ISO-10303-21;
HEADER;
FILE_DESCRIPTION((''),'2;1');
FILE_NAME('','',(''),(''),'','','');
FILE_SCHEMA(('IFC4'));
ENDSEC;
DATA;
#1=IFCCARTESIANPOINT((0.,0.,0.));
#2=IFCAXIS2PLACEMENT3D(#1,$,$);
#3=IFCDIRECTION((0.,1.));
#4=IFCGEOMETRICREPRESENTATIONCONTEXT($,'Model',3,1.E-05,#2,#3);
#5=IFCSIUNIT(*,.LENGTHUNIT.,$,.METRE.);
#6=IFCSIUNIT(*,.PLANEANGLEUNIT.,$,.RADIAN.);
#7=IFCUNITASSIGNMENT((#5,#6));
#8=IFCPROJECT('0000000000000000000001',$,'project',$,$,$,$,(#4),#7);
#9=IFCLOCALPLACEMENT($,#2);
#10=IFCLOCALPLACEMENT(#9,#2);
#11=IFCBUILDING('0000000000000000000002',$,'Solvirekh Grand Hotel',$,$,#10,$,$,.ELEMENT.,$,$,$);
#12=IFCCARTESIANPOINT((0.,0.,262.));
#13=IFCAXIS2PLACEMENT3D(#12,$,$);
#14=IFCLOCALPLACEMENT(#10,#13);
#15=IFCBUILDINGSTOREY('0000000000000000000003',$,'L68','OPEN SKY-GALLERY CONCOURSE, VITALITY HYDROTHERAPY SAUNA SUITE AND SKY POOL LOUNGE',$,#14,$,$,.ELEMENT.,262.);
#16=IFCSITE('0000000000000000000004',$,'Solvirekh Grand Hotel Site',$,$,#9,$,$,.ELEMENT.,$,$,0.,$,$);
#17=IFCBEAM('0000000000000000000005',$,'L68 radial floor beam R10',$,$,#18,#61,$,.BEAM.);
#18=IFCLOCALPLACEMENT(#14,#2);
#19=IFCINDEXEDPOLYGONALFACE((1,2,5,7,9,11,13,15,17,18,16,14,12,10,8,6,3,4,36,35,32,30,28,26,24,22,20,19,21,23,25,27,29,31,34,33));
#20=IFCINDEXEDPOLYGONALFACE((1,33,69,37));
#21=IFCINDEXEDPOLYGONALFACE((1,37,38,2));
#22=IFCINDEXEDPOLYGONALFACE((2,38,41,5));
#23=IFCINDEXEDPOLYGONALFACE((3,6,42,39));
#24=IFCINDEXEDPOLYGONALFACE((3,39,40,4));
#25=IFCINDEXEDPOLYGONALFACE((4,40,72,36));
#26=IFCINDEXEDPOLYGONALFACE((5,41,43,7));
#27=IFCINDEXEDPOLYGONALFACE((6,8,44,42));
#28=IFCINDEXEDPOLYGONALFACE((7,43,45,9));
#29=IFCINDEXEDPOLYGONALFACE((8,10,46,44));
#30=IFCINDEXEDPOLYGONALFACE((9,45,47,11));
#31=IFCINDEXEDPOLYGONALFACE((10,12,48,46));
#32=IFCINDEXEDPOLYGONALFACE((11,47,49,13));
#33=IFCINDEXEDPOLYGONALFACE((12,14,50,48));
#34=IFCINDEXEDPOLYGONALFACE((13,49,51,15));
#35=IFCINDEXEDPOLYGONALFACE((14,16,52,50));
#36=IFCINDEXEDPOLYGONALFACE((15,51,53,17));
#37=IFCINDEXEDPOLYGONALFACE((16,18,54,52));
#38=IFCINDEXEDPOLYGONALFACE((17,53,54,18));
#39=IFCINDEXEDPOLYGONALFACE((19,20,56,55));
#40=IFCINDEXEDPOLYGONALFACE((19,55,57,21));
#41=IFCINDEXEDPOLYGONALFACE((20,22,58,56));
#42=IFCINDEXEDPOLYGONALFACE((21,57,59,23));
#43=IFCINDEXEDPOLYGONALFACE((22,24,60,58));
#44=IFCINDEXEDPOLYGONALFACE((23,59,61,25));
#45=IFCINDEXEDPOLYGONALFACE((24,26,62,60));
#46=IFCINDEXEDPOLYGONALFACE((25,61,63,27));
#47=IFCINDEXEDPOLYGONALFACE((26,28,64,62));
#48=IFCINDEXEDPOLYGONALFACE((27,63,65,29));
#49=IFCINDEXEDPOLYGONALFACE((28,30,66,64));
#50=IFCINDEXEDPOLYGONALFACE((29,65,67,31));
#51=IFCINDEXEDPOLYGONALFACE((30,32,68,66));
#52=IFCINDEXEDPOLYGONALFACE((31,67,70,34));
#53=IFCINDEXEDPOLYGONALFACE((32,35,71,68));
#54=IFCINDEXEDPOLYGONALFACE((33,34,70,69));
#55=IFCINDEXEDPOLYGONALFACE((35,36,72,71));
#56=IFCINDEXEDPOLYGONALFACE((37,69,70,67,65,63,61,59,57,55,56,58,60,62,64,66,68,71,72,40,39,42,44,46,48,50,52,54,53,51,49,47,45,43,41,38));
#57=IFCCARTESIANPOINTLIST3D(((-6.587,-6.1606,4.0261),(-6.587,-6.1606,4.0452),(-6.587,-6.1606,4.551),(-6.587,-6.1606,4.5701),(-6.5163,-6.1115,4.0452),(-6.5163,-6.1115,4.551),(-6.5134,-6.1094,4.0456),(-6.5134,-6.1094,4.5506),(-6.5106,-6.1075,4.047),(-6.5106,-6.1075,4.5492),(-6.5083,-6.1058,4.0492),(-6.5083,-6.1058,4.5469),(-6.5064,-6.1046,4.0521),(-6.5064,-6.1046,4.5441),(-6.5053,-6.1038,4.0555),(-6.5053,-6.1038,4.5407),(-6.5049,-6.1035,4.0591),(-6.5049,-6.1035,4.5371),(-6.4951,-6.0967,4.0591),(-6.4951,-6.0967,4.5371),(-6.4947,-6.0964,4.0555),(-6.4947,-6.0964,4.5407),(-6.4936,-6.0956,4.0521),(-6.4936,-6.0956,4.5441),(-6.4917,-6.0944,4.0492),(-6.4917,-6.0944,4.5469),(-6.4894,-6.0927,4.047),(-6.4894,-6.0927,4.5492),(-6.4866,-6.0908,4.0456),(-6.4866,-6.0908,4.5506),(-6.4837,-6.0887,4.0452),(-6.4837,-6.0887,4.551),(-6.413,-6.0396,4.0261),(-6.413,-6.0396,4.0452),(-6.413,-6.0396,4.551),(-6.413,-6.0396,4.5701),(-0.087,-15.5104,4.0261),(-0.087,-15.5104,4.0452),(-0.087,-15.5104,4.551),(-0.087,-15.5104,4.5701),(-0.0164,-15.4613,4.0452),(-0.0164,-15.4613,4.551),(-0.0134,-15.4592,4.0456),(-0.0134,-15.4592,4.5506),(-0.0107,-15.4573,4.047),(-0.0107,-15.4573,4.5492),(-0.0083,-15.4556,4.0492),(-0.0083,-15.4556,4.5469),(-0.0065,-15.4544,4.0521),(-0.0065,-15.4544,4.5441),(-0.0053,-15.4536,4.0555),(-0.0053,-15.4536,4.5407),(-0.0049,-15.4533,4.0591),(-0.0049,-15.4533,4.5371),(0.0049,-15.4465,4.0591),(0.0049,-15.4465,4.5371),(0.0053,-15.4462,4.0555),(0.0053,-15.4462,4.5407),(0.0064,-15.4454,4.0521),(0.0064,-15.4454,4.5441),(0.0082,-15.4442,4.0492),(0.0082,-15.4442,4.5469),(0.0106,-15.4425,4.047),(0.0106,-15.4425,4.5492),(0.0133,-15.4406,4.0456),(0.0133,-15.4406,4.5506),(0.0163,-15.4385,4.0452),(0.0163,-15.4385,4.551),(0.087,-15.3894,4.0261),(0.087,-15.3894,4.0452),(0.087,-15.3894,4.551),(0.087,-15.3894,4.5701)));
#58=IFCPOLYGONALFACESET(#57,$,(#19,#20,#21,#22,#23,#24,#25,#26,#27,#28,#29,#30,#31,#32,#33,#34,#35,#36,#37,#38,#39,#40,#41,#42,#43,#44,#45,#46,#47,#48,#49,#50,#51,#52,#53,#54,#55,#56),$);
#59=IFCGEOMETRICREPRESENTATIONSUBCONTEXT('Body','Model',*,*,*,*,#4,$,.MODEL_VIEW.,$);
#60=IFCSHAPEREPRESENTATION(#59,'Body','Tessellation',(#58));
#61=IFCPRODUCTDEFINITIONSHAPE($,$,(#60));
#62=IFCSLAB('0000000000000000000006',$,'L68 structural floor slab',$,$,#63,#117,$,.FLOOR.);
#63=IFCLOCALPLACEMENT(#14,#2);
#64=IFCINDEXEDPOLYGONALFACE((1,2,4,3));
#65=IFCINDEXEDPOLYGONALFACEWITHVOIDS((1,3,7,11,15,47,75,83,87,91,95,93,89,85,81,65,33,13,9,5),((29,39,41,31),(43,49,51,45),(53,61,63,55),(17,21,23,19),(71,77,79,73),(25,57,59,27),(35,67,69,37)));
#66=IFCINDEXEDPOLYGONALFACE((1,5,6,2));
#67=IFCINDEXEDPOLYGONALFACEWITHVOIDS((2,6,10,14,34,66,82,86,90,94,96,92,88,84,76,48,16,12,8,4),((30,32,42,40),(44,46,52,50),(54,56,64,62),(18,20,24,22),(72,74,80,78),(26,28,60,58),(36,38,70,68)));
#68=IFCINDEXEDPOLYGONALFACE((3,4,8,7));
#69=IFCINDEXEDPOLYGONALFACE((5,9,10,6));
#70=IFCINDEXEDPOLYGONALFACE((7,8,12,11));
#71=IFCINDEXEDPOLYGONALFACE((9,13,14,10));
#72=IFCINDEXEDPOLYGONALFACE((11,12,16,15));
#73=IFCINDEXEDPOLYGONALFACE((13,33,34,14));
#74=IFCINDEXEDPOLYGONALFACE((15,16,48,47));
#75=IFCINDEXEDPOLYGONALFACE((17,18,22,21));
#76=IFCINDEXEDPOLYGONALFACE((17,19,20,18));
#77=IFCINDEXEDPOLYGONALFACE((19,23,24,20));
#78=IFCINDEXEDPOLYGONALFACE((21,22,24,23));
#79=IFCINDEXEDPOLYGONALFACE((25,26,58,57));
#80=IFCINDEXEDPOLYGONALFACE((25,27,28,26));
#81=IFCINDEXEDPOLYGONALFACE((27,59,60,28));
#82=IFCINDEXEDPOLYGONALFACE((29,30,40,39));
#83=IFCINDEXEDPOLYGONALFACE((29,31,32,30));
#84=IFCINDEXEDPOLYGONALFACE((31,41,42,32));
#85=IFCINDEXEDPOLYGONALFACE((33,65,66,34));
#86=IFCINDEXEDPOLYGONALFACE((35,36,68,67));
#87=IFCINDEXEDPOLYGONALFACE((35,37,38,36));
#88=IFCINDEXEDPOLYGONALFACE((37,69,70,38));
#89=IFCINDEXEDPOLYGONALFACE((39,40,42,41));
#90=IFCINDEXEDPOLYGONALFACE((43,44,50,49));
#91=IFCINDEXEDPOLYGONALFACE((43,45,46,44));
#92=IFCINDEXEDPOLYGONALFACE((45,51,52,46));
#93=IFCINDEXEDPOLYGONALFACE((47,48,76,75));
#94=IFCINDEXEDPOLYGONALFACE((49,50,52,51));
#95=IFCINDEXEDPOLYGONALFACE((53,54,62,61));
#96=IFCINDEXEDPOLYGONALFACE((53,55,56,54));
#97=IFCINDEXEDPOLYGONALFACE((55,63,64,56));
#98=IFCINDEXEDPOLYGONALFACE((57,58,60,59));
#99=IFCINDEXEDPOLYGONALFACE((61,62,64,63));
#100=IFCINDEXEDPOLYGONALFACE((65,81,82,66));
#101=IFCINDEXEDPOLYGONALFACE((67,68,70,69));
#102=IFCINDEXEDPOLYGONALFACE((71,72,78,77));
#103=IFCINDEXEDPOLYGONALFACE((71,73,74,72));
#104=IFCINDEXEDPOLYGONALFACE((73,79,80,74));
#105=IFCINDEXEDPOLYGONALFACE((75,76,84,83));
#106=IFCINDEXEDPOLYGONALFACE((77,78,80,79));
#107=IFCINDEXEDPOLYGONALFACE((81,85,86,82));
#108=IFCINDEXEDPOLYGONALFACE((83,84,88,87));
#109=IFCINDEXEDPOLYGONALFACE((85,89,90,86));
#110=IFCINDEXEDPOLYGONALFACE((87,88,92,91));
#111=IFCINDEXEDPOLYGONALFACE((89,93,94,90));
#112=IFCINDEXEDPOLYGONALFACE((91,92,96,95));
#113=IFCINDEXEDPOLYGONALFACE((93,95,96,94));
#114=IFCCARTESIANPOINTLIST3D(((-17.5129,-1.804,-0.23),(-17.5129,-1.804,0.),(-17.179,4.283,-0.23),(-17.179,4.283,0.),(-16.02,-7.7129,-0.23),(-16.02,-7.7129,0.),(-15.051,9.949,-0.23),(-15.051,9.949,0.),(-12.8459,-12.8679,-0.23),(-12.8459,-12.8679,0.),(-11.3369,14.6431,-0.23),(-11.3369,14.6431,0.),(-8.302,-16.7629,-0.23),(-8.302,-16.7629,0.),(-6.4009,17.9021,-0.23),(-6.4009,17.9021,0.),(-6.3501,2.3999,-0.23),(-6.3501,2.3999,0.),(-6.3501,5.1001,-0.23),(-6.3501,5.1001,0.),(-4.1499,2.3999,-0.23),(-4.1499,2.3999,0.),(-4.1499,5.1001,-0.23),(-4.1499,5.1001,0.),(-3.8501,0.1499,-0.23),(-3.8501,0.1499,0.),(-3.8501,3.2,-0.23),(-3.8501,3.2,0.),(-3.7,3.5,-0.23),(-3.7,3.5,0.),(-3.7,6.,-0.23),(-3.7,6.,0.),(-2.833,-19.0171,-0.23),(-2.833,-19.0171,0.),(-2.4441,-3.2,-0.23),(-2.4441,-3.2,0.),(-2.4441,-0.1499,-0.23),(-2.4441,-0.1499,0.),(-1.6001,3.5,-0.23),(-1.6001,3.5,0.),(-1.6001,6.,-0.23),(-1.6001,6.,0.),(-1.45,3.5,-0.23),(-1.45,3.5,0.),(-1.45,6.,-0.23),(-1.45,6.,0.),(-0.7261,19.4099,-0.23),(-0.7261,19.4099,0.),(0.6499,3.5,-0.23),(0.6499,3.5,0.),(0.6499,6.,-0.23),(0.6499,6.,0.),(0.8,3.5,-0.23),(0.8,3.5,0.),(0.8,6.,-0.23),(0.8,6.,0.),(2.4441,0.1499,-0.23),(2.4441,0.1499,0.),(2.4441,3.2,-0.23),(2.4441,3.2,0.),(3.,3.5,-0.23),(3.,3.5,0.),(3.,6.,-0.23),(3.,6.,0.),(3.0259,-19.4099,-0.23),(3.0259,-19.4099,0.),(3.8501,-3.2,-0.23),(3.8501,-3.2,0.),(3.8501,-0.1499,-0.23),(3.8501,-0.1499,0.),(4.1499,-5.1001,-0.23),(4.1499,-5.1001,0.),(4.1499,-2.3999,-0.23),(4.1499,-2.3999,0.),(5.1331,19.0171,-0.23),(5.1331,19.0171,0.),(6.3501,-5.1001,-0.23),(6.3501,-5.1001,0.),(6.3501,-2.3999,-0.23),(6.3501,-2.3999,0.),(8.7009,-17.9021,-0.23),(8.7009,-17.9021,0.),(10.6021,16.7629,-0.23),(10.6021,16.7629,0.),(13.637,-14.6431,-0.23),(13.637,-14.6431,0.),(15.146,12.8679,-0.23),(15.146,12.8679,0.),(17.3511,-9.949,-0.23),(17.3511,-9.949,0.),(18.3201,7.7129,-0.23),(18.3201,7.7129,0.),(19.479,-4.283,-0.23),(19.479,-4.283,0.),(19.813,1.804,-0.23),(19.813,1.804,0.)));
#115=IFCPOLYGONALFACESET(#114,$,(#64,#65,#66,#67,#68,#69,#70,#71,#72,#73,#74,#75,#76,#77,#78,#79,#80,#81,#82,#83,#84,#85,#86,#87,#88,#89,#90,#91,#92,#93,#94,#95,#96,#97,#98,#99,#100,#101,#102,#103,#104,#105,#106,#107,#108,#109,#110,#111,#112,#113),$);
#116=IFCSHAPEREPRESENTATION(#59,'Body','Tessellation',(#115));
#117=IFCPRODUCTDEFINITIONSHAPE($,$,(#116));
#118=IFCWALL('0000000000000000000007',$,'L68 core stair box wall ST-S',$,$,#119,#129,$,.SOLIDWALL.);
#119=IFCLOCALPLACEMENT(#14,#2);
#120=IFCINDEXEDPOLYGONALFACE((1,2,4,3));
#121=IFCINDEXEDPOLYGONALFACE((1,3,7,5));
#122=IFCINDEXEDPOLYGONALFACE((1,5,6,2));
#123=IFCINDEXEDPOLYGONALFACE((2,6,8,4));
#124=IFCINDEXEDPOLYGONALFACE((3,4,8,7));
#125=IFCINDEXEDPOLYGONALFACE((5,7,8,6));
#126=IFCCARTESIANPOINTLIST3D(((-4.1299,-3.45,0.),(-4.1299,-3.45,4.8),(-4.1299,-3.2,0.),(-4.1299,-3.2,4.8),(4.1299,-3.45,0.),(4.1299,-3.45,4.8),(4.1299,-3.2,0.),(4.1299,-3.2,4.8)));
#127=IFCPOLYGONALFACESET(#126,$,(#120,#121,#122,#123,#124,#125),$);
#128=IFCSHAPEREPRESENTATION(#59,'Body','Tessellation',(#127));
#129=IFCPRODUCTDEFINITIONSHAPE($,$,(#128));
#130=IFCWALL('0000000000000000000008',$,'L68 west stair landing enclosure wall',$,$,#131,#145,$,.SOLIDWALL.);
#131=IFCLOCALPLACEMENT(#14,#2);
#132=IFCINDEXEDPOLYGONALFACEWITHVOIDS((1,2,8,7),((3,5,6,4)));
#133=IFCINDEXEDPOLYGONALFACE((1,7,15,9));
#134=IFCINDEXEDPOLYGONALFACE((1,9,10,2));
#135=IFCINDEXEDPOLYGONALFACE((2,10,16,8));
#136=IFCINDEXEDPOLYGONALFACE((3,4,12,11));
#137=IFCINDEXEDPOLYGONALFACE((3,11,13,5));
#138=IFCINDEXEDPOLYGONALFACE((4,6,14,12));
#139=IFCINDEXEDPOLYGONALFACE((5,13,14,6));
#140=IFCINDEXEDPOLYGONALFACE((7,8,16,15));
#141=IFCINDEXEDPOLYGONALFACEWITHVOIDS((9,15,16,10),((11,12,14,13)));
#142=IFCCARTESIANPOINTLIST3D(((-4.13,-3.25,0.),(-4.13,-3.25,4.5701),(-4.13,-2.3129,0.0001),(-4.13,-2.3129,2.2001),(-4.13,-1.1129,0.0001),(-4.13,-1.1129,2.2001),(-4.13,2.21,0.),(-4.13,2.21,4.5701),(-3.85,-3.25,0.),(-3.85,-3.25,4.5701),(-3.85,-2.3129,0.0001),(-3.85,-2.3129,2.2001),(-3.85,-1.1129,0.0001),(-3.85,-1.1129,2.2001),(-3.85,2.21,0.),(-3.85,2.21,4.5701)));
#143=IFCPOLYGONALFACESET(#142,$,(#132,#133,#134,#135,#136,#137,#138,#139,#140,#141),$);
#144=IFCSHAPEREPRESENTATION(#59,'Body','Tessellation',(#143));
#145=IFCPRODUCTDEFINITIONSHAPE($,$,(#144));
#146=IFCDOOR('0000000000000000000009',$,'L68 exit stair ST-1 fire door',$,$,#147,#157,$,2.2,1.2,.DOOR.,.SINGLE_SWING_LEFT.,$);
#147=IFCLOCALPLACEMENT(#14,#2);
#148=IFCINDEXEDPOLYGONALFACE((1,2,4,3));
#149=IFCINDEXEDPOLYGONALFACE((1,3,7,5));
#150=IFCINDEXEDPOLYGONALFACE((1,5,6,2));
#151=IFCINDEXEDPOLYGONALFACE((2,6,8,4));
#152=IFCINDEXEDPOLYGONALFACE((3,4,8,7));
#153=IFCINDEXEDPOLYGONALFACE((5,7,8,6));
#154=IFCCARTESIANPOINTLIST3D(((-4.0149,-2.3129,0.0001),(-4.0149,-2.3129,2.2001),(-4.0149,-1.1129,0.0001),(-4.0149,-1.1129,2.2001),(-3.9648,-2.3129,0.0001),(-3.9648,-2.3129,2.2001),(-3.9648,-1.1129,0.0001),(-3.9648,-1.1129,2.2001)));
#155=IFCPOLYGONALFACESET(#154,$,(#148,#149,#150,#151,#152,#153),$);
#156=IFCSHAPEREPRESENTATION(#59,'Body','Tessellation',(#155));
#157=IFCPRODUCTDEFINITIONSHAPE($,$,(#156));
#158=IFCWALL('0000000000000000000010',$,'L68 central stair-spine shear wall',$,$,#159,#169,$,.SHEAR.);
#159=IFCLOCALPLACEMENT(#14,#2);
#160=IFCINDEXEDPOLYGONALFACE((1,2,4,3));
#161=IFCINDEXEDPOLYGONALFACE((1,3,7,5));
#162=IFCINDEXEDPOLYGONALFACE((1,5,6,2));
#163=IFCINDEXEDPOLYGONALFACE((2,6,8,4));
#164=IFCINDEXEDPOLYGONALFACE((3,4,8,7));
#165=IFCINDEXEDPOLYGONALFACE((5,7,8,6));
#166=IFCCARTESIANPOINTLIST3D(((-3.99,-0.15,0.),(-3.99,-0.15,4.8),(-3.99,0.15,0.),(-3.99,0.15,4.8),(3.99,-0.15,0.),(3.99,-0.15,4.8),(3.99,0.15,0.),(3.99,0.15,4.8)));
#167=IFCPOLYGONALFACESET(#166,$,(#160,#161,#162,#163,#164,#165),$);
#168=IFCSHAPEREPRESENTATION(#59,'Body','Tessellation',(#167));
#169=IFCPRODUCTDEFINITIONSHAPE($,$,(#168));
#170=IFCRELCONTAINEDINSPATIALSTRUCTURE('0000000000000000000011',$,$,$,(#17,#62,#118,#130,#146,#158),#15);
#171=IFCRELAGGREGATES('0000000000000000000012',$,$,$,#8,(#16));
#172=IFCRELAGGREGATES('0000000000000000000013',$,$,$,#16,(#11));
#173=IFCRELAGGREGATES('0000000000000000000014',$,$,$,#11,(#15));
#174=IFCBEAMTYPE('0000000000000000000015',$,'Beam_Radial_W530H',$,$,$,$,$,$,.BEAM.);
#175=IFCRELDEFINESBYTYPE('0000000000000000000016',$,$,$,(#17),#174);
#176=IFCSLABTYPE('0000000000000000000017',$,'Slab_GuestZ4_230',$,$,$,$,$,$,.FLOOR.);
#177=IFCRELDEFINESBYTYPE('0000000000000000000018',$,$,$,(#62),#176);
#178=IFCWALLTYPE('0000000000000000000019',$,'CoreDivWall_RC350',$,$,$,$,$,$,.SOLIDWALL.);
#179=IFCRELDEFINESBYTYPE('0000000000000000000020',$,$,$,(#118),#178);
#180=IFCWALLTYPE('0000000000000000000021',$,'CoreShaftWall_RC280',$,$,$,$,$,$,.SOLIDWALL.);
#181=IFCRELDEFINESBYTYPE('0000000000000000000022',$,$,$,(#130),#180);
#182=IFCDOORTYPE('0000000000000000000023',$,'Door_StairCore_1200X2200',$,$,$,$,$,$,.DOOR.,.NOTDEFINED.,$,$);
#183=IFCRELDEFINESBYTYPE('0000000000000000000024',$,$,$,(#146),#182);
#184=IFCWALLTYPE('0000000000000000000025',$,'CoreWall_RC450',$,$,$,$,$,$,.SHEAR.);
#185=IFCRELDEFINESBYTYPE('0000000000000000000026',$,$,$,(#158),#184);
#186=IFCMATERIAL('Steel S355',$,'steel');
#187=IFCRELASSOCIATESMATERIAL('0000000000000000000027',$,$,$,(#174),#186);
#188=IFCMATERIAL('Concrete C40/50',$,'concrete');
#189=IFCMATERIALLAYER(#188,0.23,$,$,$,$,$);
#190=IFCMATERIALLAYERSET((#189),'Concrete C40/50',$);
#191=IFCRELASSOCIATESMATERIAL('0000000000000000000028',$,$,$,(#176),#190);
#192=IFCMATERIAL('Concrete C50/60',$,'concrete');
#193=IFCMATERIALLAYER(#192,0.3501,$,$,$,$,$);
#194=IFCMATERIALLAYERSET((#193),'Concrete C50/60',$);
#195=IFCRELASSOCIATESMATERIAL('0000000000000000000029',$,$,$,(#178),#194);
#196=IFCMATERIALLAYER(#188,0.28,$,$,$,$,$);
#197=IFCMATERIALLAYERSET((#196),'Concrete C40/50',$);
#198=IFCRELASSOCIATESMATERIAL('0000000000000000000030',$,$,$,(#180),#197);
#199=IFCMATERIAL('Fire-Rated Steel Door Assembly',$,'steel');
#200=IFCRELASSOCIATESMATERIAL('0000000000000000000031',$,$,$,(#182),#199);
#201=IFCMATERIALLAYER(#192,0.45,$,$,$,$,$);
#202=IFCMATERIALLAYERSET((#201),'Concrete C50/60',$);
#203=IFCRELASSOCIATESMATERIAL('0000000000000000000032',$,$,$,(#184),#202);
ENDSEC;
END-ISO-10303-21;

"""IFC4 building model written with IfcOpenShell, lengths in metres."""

from ifc_helpers import new_model, si_unit, direction, frame, frame_2d, origin, origin_2d, place, context, subcontext, project, spatial, polyline, rectangle, i_section, outline, extrude, material, layer, layer_set, material_profile, profile_set, type_object, element, fill, save


model = new_model("IFC4")

# Units and contexts
model_context = context("Model", 3, precision=1e-05, world=origin(), true_north=direction((0.0, 1.0)))
body_context = subcontext(model_context, "Body", "Model", "MODEL_VIEW")
ifc_project = project(units=[si_unit("LENGTHUNIT", "METRE"), si_unit("PLANEANGLEUNIT", "RADIAN")], contexts=[model_context])

# Site, building, storey
site_placement = place(None, origin())
site = spatial("IfcSite", under=ifc_project, at=site_placement, Name="Solvirekh Grand Hotel Site", CompositionType="ELEMENT", RefElevation=0.0)
building_placement = place(site_placement, origin())
building = spatial("IfcBuilding", under=site, at=building_placement, Name="Solvirekh Grand Hotel", CompositionType="ELEMENT")
storey_placement = place(building_placement, frame((0.0, 0.0, 262.0)))
storey = spatial("IfcBuildingStorey", under=building, at=storey_placement, Name="L68", Description="OPEN SKY-GALLERY CONCOURSE, VITALITY HYDROTHERAPY SAUNA SUITE AND SKY POOL LOUNGE", CompositionType="ELEMENT", Elevation=262.0)

# Shared definitions
ifc_material_1 = material(Name="Concrete C50/60", Category="concrete")

# Beam
ifc_material_2 = material(Name="Steel S355", Category="steel")
ifc_material_profile_1 = material_profile(ifc_material_2, i_section(OverallWidth=0.2119, OverallDepth=0.5439, WebThickness=0.012, FlangeThickness=0.019, FilletRadius=0.0139, at=origin_2d()), Name="W530X123")
ifc_profile_set_1 = profile_set([ifc_material_profile_1], Name="Steel S355")
beam_type_1 = type_object("IfcBeamType", Name="Beam_Radial_W530H", PredefinedType="BEAM", material=ifc_profile_set_1)
beam_1_placement = place(storey_placement, frame((-6.5, -6.1001, 4.2981), z_axis=(0.570813, -0.82108, 0.0), x_axis=(0.82108, 0.570813, 0.0)))
element("IfcBeam", 1, at=beam_1_placement, inside=storey, type_object=beam_type_1, Name="L68 radial floor beam R10", PredefinedType="BEAM", context=body_context, shape_type="SweptSolid", body=[
    extrude(i_section(OverallWidth=0.2119, OverallDepth=0.5439, WebThickness=0.012, FlangeThickness=0.019, FilletRadius=0.0139, at=origin_2d()), origin(), (0.0, 0.0, 1.0), 11.3872),
])

# Slab
ifc_material_3 = material(Name="Concrete C40/50", Category="concrete")
ifc_layer_1 = layer(ifc_material_3, 0.23)
ifc_layer_set_1 = layer_set([ifc_layer_1], Name="Concrete C40/50")
slab_type = type_object("IfcSlabType", Name="Slab_GuestZ4_230", PredefinedType="FLOOR", material=ifc_layer_set_1)
slab_placement = place(storey_placement, frame((0.0, 0.0, -0.23)))
element("IfcSlab", 2, at=slab_placement, inside=storey, type_object=slab_type, Name="L68 structural floor slab", PredefinedType="FLOOR", context=body_context, shape_type="SweptSolid", body=[
    extrude(outline(polyline([(3.0259, -19.4099), (8.7009, -17.9021), (13.637, -14.6431), (17.3511, -9.949), (19.479, -4.283), (19.813, 1.804), (18.3201, 7.7129), (15.146, 12.8679), (10.6021, 16.7629), (5.1331, 19.0171), (-0.7261, 19.4099), (-6.4009, 17.9021), (-11.3369, 14.6431), (-15.051, 9.949), (-17.179, 4.283), (-17.5129, -1.804), (-16.02, -7.7129), (-12.8459, -12.8679), (-8.302, -16.7629), (-2.833, -19.0171), (3.0259, -19.4099)]), holes=[polyline([(-2.4441, -0.1499), (3.8501, -0.1499), (3.8501, -3.2), (-2.4441, -3.2), (-2.4441, -0.1499)]), polyline([(2.4441, 0.1499), (-3.8501, 0.1499), (-3.8501, 3.2), (2.4441, 3.2), (2.4441, 0.1499)]), polyline([(-3.7, 6.0), (-1.6001, 6.0), (-1.6001, 3.5), (-3.7, 3.5), (-3.7, 6.0)]), polyline([(-1.45, 6.0), (0.6499, 6.0), (0.6499, 3.5), (-1.45, 3.5), (-1.45, 6.0)]), polyline([(0.8, 6.0), (3.0, 6.0), (3.0, 3.5), (0.8, 3.5), (0.8, 6.0)]), polyline([(-6.3501, 5.1001), (-4.1499, 5.1001), (-4.1499, 2.3999), (-6.3501, 2.3999), (-6.3501, 5.1001)]), polyline([(4.1499, -2.3999), (6.3501, -2.3999), (6.3501, -5.1001), (4.1499, -5.1001), (4.1499, -2.3999)])]), origin(), (0.0, 0.0, 1.0), 0.23),
])

# Wall
ifc_layer_2 = layer(ifc_material_1, 0.3501)
ifc_layer_set_2 = layer_set([ifc_layer_2], Name="Concrete C50/60")
wall_type_1 = type_object("IfcWallType", Name="CoreDivWall_RC350", PredefinedType="SOLIDWALL", material=ifc_layer_set_2)
wall_1_placement = place(storey_placement, frame((-4.1299, -3.325, 0.0), z_axis=(0.0, 0.0, 1.0), x_axis=(1.0, 0.0, 0.0)))
element("IfcWall", 3, at=wall_1_placement, inside=storey, type_object=wall_type_1, Name="L68 core stair box wall ST-S", PredefinedType="SOLIDWALL", context=body_context, shape_type="SweptSolid", body=[
    extrude(rectangle(XDim=8.2598, YDim=0.25, at=frame_2d((4.1299, 0.0))), origin(), (0.0, 0.0, 1.0), 4.8),
])

# Wall, opening, door
ifc_layer_3 = layer(ifc_material_3, 0.28)
ifc_layer_set_3 = layer_set([ifc_layer_3], Name="Concrete C40/50")
wall_type_2 = type_object("IfcWallType", Name="CoreShaftWall_RC280", PredefinedType="SOLIDWALL", material=ifc_layer_set_3)
wall_2_placement = place(storey_placement, frame((-3.99, -3.25, 0.0), z_axis=(0.0, 0.0, 1.0), x_axis=(0.0, 1.0, 0.0)))
wall_2 = element("IfcWall", 4, at=wall_2_placement, inside=storey, type_object=wall_type_2, Name="L68 west stair landing enclosure wall", PredefinedType="SOLIDWALL", context=body_context, shape_type="SweptSolid", body=[
    extrude(rectangle(XDim=5.46, YDim=0.28, at=frame_2d((2.73, 0.0))), origin(), (0.0, 0.0, 1.0), 4.5701),
])
opening_1_placement = place(wall_2_placement, frame((0.937, 0.0, 0.0)))
opening_1 = element("IfcOpeningElement", 5, at=opening_1_placement, cuts=wall_2, PredefinedType="OPENING", context=body_context, shape_type="SweptSolid", body=[
    extrude(rectangle(XDim=1.2, YDim=2.2, at=frame_2d((0.6001, 1.1001))), frame((0.0, 0.1499, 0.0), z_axis=(0.0, -1.0, 0.0), x_axis=(1.0, 0.0, 0.0)), (0.0, 0.0, 1.0), 0.3),
])
ifc_material_4 = material(Name="Fire-Rated Steel Door Assembly", Category="steel")
door_type_1 = type_object("IfcDoorType", Name="Door_StairCore_1200X2200", OperationType="NOTDEFINED", PredefinedType="DOOR", material=ifc_material_4)
door_1_placement = place(opening_1_placement, origin())
door_1 = element("IfcDoor", 6, at=door_1_placement, inside=storey, type_object=door_type_1, Name="L68 exit stair ST-1 fire door", OperationType="SINGLE_SWING_LEFT", OverallHeight=2.2, OverallWidth=1.2, PredefinedType="DOOR", context=body_context, shape_type="SweptSolid", body=[
    extrude(rectangle(XDim=1.2, YDim=2.2, at=frame_2d((0.6001, 1.1001))), frame((0.0, 0.0249, 0.0), z_axis=(0.0, -1.0, 0.0), x_axis=(1.0, 0.0, 0.0)), (0.0, 0.0, 1.0), 0.05),
])
fill(opening_1, door_1)

# Wall
ifc_layer_4 = layer(ifc_material_1, 0.45)
ifc_layer_set_4 = layer_set([ifc_layer_4], Name="Concrete C50/60")
wall_type_3 = type_object("IfcWallType", Name="CoreWall_RC450", PredefinedType="SHEAR", material=ifc_layer_set_4)
wall_3_placement = place(storey_placement, frame((-3.99, 0.0, 0.0), z_axis=(0.0, 0.0, 1.0), x_axis=(1.0, 0.0, 0.0)))
element("IfcWall", 7, at=wall_3_placement, inside=storey, type_object=wall_type_3, Name="L68 central stair-spine shear wall", PredefinedType="SHEAR", context=body_context, shape_type="SweptSolid", body=[
    extrude(rectangle(XDim=7.98, YDim=0.3, at=frame_2d((3.99, 0.0))), origin(), (0.0, 0.0, 1.0), 4.8),
])

save(model, "model.ifc")
